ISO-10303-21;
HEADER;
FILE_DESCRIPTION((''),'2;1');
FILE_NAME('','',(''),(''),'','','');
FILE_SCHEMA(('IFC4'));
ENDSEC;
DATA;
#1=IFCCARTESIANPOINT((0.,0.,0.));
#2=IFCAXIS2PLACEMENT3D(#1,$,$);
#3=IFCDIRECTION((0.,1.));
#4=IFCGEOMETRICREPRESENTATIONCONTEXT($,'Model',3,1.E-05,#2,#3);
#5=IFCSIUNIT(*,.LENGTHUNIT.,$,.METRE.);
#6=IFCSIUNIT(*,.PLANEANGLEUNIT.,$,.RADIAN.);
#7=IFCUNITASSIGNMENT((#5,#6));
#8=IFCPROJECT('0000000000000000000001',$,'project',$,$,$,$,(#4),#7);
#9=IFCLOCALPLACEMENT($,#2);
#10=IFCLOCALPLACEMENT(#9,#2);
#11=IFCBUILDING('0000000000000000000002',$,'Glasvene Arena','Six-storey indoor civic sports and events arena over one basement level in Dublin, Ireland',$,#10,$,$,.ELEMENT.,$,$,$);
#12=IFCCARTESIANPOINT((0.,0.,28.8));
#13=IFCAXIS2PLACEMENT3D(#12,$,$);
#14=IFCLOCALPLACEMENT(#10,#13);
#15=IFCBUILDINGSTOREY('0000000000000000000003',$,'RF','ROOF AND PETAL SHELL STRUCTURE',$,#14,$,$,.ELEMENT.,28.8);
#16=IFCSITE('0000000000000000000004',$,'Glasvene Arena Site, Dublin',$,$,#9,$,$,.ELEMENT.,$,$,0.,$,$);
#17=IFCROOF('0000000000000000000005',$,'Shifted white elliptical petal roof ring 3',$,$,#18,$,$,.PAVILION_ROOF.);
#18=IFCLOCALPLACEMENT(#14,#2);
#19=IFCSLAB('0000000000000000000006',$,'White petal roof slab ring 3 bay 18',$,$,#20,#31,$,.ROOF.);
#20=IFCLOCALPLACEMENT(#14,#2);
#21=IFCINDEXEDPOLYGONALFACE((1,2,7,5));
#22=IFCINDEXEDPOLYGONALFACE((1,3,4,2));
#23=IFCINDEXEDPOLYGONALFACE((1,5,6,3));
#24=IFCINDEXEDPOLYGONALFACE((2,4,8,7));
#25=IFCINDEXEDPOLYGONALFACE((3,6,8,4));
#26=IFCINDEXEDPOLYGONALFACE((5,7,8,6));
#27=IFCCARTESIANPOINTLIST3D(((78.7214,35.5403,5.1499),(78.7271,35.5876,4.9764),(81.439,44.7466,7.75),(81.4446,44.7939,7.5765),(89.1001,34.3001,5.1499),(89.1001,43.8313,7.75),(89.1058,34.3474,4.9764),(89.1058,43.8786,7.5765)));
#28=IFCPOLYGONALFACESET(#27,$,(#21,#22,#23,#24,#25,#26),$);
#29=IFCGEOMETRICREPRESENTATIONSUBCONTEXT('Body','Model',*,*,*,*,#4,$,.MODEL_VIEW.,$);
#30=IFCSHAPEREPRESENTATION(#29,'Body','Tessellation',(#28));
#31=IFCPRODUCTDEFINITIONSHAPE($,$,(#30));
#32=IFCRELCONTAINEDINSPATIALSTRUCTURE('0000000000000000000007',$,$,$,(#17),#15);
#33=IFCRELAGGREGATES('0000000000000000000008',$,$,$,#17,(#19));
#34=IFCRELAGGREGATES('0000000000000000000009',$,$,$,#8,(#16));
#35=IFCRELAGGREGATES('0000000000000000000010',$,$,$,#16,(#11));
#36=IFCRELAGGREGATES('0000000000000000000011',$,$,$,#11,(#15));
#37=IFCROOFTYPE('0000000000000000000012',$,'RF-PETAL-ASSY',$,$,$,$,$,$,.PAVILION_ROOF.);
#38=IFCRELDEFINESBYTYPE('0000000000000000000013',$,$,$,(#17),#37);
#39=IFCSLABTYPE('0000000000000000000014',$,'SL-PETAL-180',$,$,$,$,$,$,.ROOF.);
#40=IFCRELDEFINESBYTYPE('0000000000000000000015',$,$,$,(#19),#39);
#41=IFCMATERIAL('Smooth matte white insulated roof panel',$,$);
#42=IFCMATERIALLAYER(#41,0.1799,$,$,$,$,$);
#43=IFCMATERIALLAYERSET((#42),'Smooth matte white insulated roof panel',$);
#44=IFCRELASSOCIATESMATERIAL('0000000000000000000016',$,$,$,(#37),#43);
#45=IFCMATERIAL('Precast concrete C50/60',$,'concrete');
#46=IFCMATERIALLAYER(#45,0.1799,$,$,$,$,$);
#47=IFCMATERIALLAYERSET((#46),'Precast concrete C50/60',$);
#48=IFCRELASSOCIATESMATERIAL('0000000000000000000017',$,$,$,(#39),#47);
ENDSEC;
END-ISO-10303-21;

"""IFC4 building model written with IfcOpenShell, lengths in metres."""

from ifc_helpers import new_model, si_unit, direction, frame, origin, place, context, subcontext, project, spatial, polyline, outline, extrude, material, layer, layer_set, type_object, element, aggregate, save


model = new_model("IFC4")

# Units and contexts
model_context = context("Model", 3, precision=1e-05, world=origin(), true_north=direction((0.0, 1.0)))
body_context = subcontext(model_context, "Body", "Model", "MODEL_VIEW")
ifc_project = project(units=[si_unit("LENGTHUNIT", "METRE"), si_unit("PLANEANGLEUNIT", "RADIAN")], contexts=[model_context])

# Site, building, storey
site_placement = place(None, origin())
site = spatial("IfcSite", under=ifc_project, at=site_placement, Name="Glasvene Arena Site, Dublin", CompositionType="ELEMENT", RefElevation=0.0)
building_placement = place(site_placement, origin())
building = spatial("IfcBuilding", under=site, at=building_placement, Name="Glasvene Arena", Description="Six-storey indoor civic sports and events arena over one basement level in Dublin, Ireland", CompositionType="ELEMENT")
storey_placement = place(building_placement, frame((0.0, 0.0, 28.8)))
storey = spatial("IfcBuildingStorey", under=building, at=storey_placement, Name="RF", Description="ROOF AND PETAL SHELL STRUCTURE", CompositionType="ELEMENT", Elevation=28.8)

# Roof, slab
ifc_material_1 = material(Name="Smooth matte white insulated roof panel")
ifc_layer_1 = layer(ifc_material_1, 0.1799)
ifc_layer_set_1 = layer_set([ifc_layer_1], Name="Smooth matte white insulated roof panel")
roof_type = type_object("IfcRoofType", Name="RF-PETAL-ASSY", PredefinedType="PAVILION_ROOF", material=ifc_layer_set_1)
roof_placement = place(storey_placement, frame((89.1001, 70.7, 5.1499)))
roof = element("IfcRoof", 1, at=roof_placement, inside=storey, type_object=roof_type, Name="Shifted white elliptical petal roof ring 3", PredefinedType="PAVILION_ROOF")
ifc_material_2 = material(Name="Precast concrete C50/60", Category="concrete")
ifc_layer_2 = layer(ifc_material_2, 0.1799)
ifc_layer_set_2 = layer_set([ifc_layer_2], Name="Precast concrete C50/60")
slab_type = type_object("IfcSlabType", Name="SL-PETAL-180", PredefinedType="ROOF", material=ifc_layer_set_2)
slab_placement = place(storey_placement, frame((78.7214, 35.5403, 5.1499), z_axis=(-0.031431, -0.263053, 0.964269), x_axis=(0.992936, -0.118653, -0.000003)))
slab = element("IfcSlab", 2, at=slab_placement, type_object=slab_type, Name="White petal roof slab ring 3 bay 18", PredefinedType="ROOF", context=body_context, shape_type="SweptSolid", body=[
    extrude(outline(polyline([(0.0, 0.0), (10.4525, 0.0), (9.3216, 9.8146), (1.606, 9.8144), (0.0, 0.0)])), origin(), (0.0, 0.0, -1.0), 0.1799),
])
aggregate(roof, [slab])

save(model, "model.ifc")
